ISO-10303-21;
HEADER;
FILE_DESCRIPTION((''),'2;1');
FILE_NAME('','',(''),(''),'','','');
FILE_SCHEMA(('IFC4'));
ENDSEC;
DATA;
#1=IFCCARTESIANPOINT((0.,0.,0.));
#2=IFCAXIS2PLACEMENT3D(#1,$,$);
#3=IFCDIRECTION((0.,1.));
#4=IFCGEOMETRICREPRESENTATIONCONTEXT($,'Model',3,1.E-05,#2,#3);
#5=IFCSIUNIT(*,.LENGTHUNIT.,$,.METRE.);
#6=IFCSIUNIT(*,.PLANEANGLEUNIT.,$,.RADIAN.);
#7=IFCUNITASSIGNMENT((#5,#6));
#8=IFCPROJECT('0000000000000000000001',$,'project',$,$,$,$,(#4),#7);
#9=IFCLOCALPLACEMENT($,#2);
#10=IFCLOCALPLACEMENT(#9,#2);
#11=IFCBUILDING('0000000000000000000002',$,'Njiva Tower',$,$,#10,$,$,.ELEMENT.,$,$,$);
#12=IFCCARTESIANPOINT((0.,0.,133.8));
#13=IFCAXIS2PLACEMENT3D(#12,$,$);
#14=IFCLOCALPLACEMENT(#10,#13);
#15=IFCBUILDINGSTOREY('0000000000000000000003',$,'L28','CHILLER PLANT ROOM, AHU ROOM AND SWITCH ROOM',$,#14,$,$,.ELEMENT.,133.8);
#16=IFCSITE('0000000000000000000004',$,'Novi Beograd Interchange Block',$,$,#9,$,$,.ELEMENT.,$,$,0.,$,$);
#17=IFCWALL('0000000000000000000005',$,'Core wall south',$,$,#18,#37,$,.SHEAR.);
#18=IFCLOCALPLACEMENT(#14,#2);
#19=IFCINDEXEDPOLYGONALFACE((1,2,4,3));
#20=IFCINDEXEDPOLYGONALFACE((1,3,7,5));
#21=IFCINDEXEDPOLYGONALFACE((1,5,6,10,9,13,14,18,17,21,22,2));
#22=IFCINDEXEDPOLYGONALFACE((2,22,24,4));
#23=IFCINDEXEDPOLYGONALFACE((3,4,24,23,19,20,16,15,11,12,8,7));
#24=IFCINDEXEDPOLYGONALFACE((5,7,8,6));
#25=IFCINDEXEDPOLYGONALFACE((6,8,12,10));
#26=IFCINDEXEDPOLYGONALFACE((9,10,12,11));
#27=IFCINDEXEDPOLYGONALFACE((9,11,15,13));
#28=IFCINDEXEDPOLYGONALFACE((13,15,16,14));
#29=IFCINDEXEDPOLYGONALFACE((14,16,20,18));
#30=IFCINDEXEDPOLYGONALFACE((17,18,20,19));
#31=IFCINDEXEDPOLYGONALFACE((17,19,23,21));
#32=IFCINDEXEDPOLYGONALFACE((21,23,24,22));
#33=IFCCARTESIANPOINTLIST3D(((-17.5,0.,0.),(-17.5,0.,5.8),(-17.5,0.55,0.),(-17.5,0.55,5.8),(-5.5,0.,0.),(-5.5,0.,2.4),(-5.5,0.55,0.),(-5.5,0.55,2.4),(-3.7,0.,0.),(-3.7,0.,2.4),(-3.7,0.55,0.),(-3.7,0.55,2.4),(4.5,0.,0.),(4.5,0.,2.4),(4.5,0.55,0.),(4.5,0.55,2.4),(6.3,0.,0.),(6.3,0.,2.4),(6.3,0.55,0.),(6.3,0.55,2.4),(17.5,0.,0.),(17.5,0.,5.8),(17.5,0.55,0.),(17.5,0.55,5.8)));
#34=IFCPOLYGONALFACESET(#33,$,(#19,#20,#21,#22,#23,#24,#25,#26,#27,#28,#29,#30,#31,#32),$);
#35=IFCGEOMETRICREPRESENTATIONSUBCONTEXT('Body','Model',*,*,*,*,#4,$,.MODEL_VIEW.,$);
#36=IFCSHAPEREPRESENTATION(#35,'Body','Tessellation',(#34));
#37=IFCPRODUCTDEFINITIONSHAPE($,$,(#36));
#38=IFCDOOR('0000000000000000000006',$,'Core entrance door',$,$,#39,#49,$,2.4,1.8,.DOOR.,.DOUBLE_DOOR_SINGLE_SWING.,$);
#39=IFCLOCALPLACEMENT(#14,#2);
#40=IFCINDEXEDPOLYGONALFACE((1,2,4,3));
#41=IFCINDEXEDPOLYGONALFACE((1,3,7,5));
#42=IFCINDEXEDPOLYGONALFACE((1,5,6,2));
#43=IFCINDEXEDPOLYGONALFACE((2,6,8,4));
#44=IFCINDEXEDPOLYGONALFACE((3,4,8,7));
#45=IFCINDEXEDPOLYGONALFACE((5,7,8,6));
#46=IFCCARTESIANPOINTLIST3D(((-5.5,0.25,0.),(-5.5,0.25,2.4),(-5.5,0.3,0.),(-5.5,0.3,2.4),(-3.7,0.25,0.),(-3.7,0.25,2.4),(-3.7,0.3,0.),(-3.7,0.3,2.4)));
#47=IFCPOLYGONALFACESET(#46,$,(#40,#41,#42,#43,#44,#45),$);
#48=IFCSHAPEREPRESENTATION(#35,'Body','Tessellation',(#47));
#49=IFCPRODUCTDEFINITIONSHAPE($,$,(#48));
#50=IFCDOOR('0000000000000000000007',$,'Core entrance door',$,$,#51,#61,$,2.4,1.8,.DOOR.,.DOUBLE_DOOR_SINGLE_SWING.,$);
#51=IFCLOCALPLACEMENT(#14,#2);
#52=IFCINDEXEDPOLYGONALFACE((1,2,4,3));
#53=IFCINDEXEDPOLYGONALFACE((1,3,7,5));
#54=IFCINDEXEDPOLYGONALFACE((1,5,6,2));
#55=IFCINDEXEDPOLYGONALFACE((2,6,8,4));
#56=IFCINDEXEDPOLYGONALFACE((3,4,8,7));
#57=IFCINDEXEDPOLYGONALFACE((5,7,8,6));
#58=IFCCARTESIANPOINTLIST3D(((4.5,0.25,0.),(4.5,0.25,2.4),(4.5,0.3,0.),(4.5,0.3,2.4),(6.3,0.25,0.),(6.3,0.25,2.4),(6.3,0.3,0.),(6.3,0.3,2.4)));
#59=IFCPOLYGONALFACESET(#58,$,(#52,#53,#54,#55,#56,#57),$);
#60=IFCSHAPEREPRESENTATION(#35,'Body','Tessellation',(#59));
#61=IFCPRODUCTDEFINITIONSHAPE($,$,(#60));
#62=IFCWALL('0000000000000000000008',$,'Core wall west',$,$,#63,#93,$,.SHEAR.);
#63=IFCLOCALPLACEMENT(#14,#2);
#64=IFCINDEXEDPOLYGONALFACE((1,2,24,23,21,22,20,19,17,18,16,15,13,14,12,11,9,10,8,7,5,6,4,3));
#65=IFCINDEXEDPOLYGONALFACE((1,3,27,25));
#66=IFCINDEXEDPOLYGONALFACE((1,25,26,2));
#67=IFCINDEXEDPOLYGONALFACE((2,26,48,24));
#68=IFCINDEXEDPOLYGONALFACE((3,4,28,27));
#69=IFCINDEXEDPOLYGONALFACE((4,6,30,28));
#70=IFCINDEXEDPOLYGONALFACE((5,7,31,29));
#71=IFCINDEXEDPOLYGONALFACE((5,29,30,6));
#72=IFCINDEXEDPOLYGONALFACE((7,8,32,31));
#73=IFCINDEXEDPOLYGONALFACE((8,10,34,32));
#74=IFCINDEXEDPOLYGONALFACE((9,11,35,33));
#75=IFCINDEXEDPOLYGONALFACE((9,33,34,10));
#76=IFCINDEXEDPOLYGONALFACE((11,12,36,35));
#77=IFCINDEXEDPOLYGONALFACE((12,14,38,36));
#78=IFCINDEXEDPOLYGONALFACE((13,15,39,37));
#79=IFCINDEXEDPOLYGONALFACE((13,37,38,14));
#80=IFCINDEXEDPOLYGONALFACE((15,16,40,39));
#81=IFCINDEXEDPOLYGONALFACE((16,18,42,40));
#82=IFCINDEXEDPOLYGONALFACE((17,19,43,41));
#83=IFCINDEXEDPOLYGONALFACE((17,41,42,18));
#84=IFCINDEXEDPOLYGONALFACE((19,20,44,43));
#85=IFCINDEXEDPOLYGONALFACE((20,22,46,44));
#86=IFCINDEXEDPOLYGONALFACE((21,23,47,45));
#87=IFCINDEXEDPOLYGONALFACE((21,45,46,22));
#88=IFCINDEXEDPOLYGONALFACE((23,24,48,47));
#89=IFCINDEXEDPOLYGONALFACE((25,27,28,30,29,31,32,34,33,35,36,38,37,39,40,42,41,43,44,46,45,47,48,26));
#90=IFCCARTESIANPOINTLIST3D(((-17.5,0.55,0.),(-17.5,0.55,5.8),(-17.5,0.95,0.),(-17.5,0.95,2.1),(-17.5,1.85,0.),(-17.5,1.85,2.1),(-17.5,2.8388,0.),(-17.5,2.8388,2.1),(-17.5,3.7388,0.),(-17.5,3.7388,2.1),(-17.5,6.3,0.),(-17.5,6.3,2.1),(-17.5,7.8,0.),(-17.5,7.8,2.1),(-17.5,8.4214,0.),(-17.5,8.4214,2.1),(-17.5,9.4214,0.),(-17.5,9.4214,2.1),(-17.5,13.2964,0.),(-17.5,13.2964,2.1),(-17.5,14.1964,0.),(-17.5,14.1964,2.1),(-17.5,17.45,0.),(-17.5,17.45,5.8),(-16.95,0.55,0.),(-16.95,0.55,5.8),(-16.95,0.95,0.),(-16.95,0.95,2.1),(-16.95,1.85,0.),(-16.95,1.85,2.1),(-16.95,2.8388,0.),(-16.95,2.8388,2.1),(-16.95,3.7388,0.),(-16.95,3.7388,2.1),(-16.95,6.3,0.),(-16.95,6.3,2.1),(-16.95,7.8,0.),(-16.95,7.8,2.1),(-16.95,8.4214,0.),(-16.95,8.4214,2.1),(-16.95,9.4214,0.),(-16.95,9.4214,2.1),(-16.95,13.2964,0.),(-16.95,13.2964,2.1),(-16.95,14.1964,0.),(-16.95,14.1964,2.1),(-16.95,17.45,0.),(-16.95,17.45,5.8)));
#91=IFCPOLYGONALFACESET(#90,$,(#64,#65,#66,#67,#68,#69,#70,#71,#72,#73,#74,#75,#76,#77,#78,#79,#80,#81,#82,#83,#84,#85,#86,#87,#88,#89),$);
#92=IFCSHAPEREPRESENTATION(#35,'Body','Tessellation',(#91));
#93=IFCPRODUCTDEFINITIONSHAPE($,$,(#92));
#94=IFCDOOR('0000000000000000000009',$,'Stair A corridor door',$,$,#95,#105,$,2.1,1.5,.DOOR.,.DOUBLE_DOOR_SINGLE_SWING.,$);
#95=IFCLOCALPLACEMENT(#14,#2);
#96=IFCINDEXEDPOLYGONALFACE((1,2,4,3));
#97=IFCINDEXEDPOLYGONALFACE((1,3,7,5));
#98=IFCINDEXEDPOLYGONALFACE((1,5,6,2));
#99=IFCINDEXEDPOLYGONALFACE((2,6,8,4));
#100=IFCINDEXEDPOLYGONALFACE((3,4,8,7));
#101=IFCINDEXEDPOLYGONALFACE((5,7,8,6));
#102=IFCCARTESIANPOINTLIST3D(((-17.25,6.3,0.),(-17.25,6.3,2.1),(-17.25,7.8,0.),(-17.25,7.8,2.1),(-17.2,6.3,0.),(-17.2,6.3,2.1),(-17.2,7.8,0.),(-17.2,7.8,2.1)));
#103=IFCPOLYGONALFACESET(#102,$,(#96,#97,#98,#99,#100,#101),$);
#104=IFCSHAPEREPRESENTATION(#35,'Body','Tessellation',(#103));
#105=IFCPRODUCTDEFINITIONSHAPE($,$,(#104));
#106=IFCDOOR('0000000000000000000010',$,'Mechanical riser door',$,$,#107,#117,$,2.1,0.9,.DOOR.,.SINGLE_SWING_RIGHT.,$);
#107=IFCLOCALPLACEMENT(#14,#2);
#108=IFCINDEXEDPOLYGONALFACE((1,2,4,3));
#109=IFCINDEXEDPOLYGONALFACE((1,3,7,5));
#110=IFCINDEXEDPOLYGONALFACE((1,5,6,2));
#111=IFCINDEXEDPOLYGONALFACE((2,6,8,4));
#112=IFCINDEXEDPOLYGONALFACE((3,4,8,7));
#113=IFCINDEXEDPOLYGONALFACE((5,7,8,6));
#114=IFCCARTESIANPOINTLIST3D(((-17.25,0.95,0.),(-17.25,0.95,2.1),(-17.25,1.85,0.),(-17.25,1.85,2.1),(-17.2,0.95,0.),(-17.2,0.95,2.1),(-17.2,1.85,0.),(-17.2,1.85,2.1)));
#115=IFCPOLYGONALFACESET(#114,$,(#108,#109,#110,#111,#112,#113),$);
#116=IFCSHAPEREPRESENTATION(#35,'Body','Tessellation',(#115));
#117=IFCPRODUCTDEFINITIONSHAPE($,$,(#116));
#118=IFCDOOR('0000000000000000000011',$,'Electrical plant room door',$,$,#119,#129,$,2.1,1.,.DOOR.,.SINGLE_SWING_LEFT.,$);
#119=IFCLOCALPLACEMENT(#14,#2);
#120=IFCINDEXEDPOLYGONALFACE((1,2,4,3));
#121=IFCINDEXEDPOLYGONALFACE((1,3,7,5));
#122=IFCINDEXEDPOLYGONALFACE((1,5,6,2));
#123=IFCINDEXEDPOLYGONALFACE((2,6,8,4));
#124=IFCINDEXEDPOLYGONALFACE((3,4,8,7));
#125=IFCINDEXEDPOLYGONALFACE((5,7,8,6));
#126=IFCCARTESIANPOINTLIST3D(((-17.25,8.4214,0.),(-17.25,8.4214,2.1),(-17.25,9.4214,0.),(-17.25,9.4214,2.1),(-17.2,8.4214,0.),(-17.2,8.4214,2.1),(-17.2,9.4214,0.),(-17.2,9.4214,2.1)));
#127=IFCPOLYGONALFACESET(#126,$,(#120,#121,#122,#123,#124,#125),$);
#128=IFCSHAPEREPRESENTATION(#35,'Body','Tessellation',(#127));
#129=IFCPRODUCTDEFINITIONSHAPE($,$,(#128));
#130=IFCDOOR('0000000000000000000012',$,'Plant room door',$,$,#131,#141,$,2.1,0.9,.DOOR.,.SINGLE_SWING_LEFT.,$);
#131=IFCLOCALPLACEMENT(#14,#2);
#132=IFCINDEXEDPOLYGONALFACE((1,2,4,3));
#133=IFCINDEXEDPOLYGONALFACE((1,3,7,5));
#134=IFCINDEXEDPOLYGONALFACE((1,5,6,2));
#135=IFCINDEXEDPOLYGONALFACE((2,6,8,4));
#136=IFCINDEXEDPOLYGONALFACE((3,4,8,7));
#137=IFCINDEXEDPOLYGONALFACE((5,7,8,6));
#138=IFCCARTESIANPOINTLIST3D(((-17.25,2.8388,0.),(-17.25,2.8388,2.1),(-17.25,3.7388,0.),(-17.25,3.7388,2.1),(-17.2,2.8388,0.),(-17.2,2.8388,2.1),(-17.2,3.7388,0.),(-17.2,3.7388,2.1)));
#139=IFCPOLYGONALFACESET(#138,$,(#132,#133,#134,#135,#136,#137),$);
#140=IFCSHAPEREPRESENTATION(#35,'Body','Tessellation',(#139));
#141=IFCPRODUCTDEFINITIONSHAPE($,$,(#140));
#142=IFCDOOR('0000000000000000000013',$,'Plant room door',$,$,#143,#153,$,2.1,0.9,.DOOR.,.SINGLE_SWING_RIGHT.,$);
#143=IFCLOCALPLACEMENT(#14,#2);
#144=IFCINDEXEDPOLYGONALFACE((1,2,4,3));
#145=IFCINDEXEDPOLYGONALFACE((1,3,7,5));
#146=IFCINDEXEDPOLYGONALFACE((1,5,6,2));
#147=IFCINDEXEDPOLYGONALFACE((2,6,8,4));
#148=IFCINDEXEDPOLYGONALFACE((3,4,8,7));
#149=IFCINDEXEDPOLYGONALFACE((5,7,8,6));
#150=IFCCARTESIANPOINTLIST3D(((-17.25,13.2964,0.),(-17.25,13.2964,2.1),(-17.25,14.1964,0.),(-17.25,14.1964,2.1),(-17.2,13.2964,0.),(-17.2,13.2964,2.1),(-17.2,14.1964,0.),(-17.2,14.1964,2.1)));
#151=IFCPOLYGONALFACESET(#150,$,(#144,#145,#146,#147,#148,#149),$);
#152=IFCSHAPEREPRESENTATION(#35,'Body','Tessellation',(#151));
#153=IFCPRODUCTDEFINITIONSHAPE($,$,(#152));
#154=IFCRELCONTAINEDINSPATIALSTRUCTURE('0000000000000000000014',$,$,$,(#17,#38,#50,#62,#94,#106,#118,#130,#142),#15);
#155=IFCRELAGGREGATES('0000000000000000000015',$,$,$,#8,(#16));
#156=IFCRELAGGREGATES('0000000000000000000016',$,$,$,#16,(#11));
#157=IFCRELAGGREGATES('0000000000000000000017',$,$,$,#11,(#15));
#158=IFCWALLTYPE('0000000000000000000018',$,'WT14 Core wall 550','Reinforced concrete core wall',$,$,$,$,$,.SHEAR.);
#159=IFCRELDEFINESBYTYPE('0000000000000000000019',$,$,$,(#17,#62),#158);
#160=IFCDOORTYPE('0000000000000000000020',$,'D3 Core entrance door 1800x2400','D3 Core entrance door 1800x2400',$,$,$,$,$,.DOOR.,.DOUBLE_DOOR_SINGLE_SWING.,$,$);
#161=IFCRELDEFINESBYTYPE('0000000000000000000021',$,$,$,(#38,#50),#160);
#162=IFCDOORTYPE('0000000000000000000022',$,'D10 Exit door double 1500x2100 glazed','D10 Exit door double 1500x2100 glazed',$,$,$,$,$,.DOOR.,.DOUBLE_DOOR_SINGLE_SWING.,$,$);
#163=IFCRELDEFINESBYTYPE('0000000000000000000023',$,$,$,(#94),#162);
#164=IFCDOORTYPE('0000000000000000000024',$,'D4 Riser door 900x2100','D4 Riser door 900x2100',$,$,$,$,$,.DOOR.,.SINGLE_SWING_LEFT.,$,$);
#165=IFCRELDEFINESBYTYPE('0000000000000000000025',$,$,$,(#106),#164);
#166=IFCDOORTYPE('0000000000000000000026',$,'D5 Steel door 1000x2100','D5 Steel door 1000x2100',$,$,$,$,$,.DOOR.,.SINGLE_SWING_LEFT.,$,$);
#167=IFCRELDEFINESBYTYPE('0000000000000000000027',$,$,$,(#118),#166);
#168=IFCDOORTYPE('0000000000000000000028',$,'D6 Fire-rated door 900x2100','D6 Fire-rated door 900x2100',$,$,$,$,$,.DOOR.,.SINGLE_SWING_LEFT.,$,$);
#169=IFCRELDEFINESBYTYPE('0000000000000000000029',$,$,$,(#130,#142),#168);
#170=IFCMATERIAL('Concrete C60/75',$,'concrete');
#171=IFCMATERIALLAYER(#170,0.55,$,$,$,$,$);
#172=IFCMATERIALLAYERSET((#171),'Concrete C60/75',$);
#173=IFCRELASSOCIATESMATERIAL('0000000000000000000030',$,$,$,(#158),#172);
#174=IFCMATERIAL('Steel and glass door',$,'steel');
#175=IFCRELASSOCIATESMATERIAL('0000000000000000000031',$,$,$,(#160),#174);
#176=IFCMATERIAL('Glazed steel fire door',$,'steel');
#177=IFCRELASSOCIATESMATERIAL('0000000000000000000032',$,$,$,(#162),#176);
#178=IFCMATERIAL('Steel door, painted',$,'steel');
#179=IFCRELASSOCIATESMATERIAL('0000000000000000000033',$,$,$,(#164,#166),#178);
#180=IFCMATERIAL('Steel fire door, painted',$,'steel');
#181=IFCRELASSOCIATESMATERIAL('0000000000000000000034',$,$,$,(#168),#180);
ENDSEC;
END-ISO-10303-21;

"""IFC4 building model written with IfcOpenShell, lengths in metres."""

from ifc_helpers import new_model, si_unit, direction, frame, frame_2d, origin, place, context, subcontext, project, spatial, rectangle, extrude, material, layer, layer_set, type_object, element, fill, save


model = new_model("IFC4")

# Units and contexts
model_context = context("Model", 3, precision=1e-05, world=origin(), true_north=direction((0.0, 1.0)))
body_context = subcontext(model_context, "Body", "Model", "MODEL_VIEW")
ifc_project = project(units=[si_unit("LENGTHUNIT", "METRE"), si_unit("PLANEANGLEUNIT", "RADIAN")], contexts=[model_context])

# Site, building, storey
site_placement = place(None, origin())
site = spatial("IfcSite", under=ifc_project, at=site_placement, Name="Novi Beograd Interchange Block", CompositionType="ELEMENT", RefElevation=0.0)
building_placement = place(site_placement, origin())
building = spatial("IfcBuilding", under=site, at=building_placement, Name="Njiva Tower", CompositionType="ELEMENT")
storey_placement = place(building_placement, frame((0.0, 0.0, 133.8)))
storey = spatial("IfcBuildingStorey", under=building, at=storey_placement, Name="L28", Description="CHILLER PLANT ROOM, AHU ROOM AND SWITCH ROOM", CompositionType="ELEMENT", Elevation=133.8)

# Walls, openings, doors
ifc_material_1 = material(Name="Concrete C60/75", Category="concrete")
ifc_layer_1 = layer(ifc_material_1, 0.55)
ifc_layer_set_1 = layer_set([ifc_layer_1], Name="Concrete C60/75")
wall_type_1 = type_object("IfcWallType", Name="WT14 Core wall 550", Description="Reinforced concrete core wall", PredefinedType="SHEAR", material=ifc_layer_set_1)
wall_1_placement = place(storey_placement, frame((-17.5, 0.275, 0.0), z_axis=(0.0, 0.0, 1.0), x_axis=(1.0, 0.0, 0.0)))
wall_1 = element("IfcWall", 1, at=wall_1_placement, inside=storey, type_object=wall_type_1, Name="Core wall south", PredefinedType="SHEAR", context=body_context, shape_type="SweptSolid", body=[
    extrude(rectangle(XDim=35.0, YDim=0.55, at=frame_2d((17.5, 0.0))), origin(), (0.0, 0.0, 1.0), 5.8),
])
opening_1_placement = place(wall_1_placement, frame((12.0, 0.0, 0.0)))
opening_1 = element("IfcOpeningElement", 2, at=opening_1_placement, cuts=wall_1, PredefinedType="OPENING", context=body_context, shape_type="SweptSolid", body=[
    extrude(rectangle(XDim=1.8, YDim=2.4, at=frame_2d((0.9, 1.2))), frame((0.0, 0.285, 0.0), z_axis=(0.0, -1.0, 0.0), x_axis=(1.0, 0.0, 0.0)), (0.0, 0.0, 1.0), 0.57),
])
opening_2_placement = place(wall_1_placement, frame((22.0, 0.0, 0.0)))
opening_2 = element("IfcOpeningElement", 3, at=opening_2_placement, cuts=wall_1, PredefinedType="OPENING", context=body_context, shape_type="SweptSolid", body=[
    extrude(rectangle(XDim=1.8, YDim=2.4, at=frame_2d((0.9, 1.2))), frame((0.0, 0.285, 0.0), z_axis=(0.0, -1.0, 0.0), x_axis=(1.0, 0.0, 0.0)), (0.0, 0.0, 1.0), 0.57),
])
ifc_material_2 = material(Name="Steel and glass door", Category="steel")
door_type_1 = type_object("IfcDoorType", Name="D3 Core entrance door 1800x2400", Description="D3 Core entrance door 1800x2400", OperationType="DOUBLE_DOOR_SINGLE_SWING", PredefinedType="DOOR", material=ifc_material_2)
door_1_placement = place(opening_1_placement, origin())
door_1 = element("IfcDoor", 4, at=door_1_placement, inside=storey, type_object=door_type_1, Name="Core entrance door", OperationType="DOUBLE_DOOR_SINGLE_SWING", OverallHeight=2.4, OverallWidth=1.8, PredefinedType="DOOR", context=body_context, shape_type="SweptSolid", body=[
    extrude(rectangle(XDim=1.8, YDim=2.4, at=frame_2d((0.9, 1.2))), frame((0.0, 0.025, 0.0), z_axis=(0.0, -1.0, 0.0), x_axis=(1.0, 0.0, 0.0)), (0.0, 0.0, 1.0), 0.05),
])
fill(opening_1, door_1)
door_2_placement = place(opening_2_placement, origin())
door_2 = element("IfcDoor", 5, at=door_2_placement, inside=storey, type_object=door_type_1, Name="Core entrance door", OperationType="DOUBLE_DOOR_SINGLE_SWING", OverallHeight=2.4, OverallWidth=1.8, PredefinedType="DOOR", context=body_context, shape_type="SweptSolid", body=[
    extrude(rectangle(XDim=1.8, YDim=2.4, at=frame_2d((0.9, 1.2))), frame((0.0, 0.025, 0.0), z_axis=(0.0, -1.0, 0.0), x_axis=(1.0, 0.0, 0.0)), (0.0, 0.0, 1.0), 0.05),
])
fill(opening_2, door_2)
wall_2_placement = place(storey_placement, frame((-17.225, 0.55, 0.0), z_axis=(0.0, 0.0, 1.0), x_axis=(0.0, 1.0, 0.0)))
wall_2 = element("IfcWall", 6, at=wall_2_placement, inside=storey, type_object=wall_type_1, Name="Core wall west", PredefinedType="SHEAR", context=body_context, shape_type="SweptSolid", body=[
    extrude(rectangle(XDim=16.9, YDim=0.55, at=frame_2d((8.45, 0.0))), origin(), (0.0, 0.0, 1.0), 5.8),
])
opening_3_placement = place(wall_2_placement, frame((5.75, 0.0, 0.0)))
opening_3 = element("IfcOpeningElement", 7, at=opening_3_placement, cuts=wall_2, PredefinedType="OPENING", context=body_context, shape_type="SweptSolid", body=[
    extrude(rectangle(XDim=1.5, YDim=2.1, at=frame_2d((0.75, 1.05))), frame((0.0, 0.285, 0.0), z_axis=(0.0, -1.0, 0.0), x_axis=(1.0, 0.0, 0.0)), (0.0, 0.0, 1.0), 0.57),
])
opening_4_placement = place(wall_2_placement, frame((0.4, 0.0, 0.0)))
opening_4 = element("IfcOpeningElement", 8, at=opening_4_placement, cuts=wall_2, PredefinedType="OPENING", context=body_context, shape_type="SweptSolid", body=[
    extrude(rectangle(XDim=0.9, YDim=2.1, at=frame_2d((0.45, 1.05))), frame((0.0, 0.285, 0.0), z_axis=(0.0, -1.0, 0.0), x_axis=(1.0, 0.0, 0.0)), (0.0, 0.0, 1.0), 0.57),
])
opening_5_placement = place(wall_2_placement, frame((2.2888, 0.0, 0.0)))
opening_5 = element("IfcOpeningElement", 9, at=opening_5_placement, cuts=wall_2, PredefinedType="OPENING", context=body_context, shape_type="SweptSolid", body=[
    extrude(rectangle(XDim=0.9, YDim=2.1, at=frame_2d((0.45, 1.05))), frame((0.0, 0.285, 0.0), z_axis=(0.0, -1.0, 0.0), x_axis=(1.0, 0.0, 0.0)), (0.0, 0.0, 1.0), 0.57),
])
opening_6_placement = place(wall_2_placement, frame((7.8714, 0.0, 0.0)))
opening_6 = element("IfcOpeningElement", 10, at=opening_6_placement, cuts=wall_2, PredefinedType="OPENING", context=body_context, shape_type="SweptSolid", body=[
    extrude(rectangle(XDim=1.0, YDim=2.1, at=frame_2d((0.5, 1.05))), frame((0.0, 0.285, 0.0), z_axis=(0.0, -1.0, 0.0), x_axis=(1.0, 0.0, 0.0)), (0.0, 0.0, 1.0), 0.57),
])
opening_7_placement = place(wall_2_placement, frame((12.7464, 0.0, 0.0)))
opening_7 = element("IfcOpeningElement", 11, at=opening_7_placement, cuts=wall_2, PredefinedType="OPENING", context=body_context, shape_type="SweptSolid", body=[
    extrude(rectangle(XDim=0.9, YDim=2.1, at=frame_2d((0.45, 1.05))), frame((0.0, 0.285, 0.0), z_axis=(0.0, -1.0, 0.0), x_axis=(1.0, 0.0, 0.0)), (0.0, 0.0, 1.0), 0.57),
])
ifc_material_3 = material(Name="Glazed steel fire door", Category="steel")
door_type_2 = type_object("IfcDoorType", Name="D10 Exit door double 1500x2100 glazed", Description="D10 Exit door double 1500x2100 glazed", OperationType="DOUBLE_DOOR_SINGLE_SWING", PredefinedType="DOOR", material=ifc_material_3)
door_3_placement = place(opening_3_placement, origin())
door_3 = element("IfcDoor", 12, at=door_3_placement, inside=storey, type_object=door_type_2, Name="Stair A corridor door", OperationType="DOUBLE_DOOR_SINGLE_SWING", OverallHeight=2.1, OverallWidth=1.5, PredefinedType="DOOR", context=body_context, shape_type="SweptSolid", body=[
    extrude(rectangle(XDim=1.5, YDim=2.1, at=frame_2d((0.75, 1.05))), frame((0.0, 0.025, 0.0), z_axis=(0.0, -1.0, 0.0), x_axis=(1.0, 0.0, 0.0)), (0.0, 0.0, 1.0), 0.05),
])
fill(opening_3, door_3)
ifc_material_4 = material(Name="Steel door, painted", Category="steel")
door_type_3 = type_object("IfcDoorType", Name="D4 Riser door 900x2100", Description="D4 Riser door 900x2100", OperationType="SINGLE_SWING_LEFT", PredefinedType="DOOR", material=ifc_material_4)
door_4_placement = place(opening_4_placement, origin())
door_4 = element("IfcDoor", 13, at=door_4_placement, inside=storey, type_object=door_type_3, Name="Mechanical riser door", OperationType="SINGLE_SWING_RIGHT", OverallHeight=2.1, OverallWidth=0.9, PredefinedType="DOOR", context=body_context, shape_type="SweptSolid", body=[
    extrude(rectangle(XDim=0.9, YDim=2.1, at=frame_2d((0.45, 1.05))), frame((0.0, 0.025, 0.0), z_axis=(0.0, -1.0, 0.0), x_axis=(1.0, 0.0, 0.0)), (0.0, 0.0, 1.0), 0.05),
])
fill(opening_4, door_4)
door_type_4 = type_object("IfcDoorType", Name="D5 Steel door 1000x2100", Description="D5 Steel door 1000x2100", OperationType="SINGLE_SWING_LEFT", PredefinedType="DOOR", material=ifc_material_4)
door_5_placement = place(opening_6_placement, origin())
door_5 = element("IfcDoor", 14, at=door_5_placement, inside=storey, type_object=door_type_4, Name="Electrical plant room door", OperationType="SINGLE_SWING_LEFT", OverallHeight=2.1, OverallWidth=1.0, PredefinedType="DOOR", context=body_context, shape_type="SweptSolid", body=[
    extrude(rectangle(XDim=1.0, YDim=2.1, at=frame_2d((0.5, 1.05))), frame((0.0, 0.025, 0.0), z_axis=(0.0, -1.0, 0.0), x_axis=(1.0, 0.0, 0.0)), (0.0, 0.0, 1.0), 0.05),
])
fill(opening_6, door_5)
ifc_material_5 = material(Name="Steel fire door, painted", Category="steel")
door_type_5 = type_object("IfcDoorType", Name="D6 Fire-rated door 900x2100", Description="D6 Fire-rated door 900x2100", OperationType="SINGLE_SWING_LEFT", PredefinedType="DOOR", material=ifc_material_5)
door_6_placement = place(opening_5_placement, origin())
door_6 = element("IfcDoor", 15, at=door_6_placement, inside=storey, type_object=door_type_5, Name="Plant room door", OperationType="SINGLE_SWING_LEFT", OverallHeight=2.1, OverallWidth=0.9, PredefinedType="DOOR", context=body_context, shape_type="SweptSolid", body=[
    extrude(rectangle(XDim=0.9, YDim=2.1, at=frame_2d((0.45, 1.05))), frame((0.0, 0.025, 0.0), z_axis=(0.0, -1.0, 0.0), x_axis=(1.0, 0.0, 0.0)), (0.0, 0.0, 1.0), 0.05),
])
fill(opening_5, door_6)
door_7_placement = place(opening_7_placement, origin())
door_7 = element("IfcDoor", 16, at=door_7_placement, inside=storey, type_object=door_type_5, Name="Plant room door", OperationType="SINGLE_SWING_RIGHT", OverallHeight=2.1, OverallWidth=0.9, PredefinedType="DOOR", context=body_context, shape_type="SweptSolid", body=[
    extrude(rectangle(XDim=0.9, YDim=2.1, at=frame_2d((0.45, 1.05))), frame((0.0, 0.025, 0.0), z_axis=(0.0, -1.0, 0.0), x_axis=(1.0, 0.0, 0.0)), (0.0, 0.0, 1.0), 0.05),
])
fill(opening_7, door_7)

save(model, "model.ifc")
